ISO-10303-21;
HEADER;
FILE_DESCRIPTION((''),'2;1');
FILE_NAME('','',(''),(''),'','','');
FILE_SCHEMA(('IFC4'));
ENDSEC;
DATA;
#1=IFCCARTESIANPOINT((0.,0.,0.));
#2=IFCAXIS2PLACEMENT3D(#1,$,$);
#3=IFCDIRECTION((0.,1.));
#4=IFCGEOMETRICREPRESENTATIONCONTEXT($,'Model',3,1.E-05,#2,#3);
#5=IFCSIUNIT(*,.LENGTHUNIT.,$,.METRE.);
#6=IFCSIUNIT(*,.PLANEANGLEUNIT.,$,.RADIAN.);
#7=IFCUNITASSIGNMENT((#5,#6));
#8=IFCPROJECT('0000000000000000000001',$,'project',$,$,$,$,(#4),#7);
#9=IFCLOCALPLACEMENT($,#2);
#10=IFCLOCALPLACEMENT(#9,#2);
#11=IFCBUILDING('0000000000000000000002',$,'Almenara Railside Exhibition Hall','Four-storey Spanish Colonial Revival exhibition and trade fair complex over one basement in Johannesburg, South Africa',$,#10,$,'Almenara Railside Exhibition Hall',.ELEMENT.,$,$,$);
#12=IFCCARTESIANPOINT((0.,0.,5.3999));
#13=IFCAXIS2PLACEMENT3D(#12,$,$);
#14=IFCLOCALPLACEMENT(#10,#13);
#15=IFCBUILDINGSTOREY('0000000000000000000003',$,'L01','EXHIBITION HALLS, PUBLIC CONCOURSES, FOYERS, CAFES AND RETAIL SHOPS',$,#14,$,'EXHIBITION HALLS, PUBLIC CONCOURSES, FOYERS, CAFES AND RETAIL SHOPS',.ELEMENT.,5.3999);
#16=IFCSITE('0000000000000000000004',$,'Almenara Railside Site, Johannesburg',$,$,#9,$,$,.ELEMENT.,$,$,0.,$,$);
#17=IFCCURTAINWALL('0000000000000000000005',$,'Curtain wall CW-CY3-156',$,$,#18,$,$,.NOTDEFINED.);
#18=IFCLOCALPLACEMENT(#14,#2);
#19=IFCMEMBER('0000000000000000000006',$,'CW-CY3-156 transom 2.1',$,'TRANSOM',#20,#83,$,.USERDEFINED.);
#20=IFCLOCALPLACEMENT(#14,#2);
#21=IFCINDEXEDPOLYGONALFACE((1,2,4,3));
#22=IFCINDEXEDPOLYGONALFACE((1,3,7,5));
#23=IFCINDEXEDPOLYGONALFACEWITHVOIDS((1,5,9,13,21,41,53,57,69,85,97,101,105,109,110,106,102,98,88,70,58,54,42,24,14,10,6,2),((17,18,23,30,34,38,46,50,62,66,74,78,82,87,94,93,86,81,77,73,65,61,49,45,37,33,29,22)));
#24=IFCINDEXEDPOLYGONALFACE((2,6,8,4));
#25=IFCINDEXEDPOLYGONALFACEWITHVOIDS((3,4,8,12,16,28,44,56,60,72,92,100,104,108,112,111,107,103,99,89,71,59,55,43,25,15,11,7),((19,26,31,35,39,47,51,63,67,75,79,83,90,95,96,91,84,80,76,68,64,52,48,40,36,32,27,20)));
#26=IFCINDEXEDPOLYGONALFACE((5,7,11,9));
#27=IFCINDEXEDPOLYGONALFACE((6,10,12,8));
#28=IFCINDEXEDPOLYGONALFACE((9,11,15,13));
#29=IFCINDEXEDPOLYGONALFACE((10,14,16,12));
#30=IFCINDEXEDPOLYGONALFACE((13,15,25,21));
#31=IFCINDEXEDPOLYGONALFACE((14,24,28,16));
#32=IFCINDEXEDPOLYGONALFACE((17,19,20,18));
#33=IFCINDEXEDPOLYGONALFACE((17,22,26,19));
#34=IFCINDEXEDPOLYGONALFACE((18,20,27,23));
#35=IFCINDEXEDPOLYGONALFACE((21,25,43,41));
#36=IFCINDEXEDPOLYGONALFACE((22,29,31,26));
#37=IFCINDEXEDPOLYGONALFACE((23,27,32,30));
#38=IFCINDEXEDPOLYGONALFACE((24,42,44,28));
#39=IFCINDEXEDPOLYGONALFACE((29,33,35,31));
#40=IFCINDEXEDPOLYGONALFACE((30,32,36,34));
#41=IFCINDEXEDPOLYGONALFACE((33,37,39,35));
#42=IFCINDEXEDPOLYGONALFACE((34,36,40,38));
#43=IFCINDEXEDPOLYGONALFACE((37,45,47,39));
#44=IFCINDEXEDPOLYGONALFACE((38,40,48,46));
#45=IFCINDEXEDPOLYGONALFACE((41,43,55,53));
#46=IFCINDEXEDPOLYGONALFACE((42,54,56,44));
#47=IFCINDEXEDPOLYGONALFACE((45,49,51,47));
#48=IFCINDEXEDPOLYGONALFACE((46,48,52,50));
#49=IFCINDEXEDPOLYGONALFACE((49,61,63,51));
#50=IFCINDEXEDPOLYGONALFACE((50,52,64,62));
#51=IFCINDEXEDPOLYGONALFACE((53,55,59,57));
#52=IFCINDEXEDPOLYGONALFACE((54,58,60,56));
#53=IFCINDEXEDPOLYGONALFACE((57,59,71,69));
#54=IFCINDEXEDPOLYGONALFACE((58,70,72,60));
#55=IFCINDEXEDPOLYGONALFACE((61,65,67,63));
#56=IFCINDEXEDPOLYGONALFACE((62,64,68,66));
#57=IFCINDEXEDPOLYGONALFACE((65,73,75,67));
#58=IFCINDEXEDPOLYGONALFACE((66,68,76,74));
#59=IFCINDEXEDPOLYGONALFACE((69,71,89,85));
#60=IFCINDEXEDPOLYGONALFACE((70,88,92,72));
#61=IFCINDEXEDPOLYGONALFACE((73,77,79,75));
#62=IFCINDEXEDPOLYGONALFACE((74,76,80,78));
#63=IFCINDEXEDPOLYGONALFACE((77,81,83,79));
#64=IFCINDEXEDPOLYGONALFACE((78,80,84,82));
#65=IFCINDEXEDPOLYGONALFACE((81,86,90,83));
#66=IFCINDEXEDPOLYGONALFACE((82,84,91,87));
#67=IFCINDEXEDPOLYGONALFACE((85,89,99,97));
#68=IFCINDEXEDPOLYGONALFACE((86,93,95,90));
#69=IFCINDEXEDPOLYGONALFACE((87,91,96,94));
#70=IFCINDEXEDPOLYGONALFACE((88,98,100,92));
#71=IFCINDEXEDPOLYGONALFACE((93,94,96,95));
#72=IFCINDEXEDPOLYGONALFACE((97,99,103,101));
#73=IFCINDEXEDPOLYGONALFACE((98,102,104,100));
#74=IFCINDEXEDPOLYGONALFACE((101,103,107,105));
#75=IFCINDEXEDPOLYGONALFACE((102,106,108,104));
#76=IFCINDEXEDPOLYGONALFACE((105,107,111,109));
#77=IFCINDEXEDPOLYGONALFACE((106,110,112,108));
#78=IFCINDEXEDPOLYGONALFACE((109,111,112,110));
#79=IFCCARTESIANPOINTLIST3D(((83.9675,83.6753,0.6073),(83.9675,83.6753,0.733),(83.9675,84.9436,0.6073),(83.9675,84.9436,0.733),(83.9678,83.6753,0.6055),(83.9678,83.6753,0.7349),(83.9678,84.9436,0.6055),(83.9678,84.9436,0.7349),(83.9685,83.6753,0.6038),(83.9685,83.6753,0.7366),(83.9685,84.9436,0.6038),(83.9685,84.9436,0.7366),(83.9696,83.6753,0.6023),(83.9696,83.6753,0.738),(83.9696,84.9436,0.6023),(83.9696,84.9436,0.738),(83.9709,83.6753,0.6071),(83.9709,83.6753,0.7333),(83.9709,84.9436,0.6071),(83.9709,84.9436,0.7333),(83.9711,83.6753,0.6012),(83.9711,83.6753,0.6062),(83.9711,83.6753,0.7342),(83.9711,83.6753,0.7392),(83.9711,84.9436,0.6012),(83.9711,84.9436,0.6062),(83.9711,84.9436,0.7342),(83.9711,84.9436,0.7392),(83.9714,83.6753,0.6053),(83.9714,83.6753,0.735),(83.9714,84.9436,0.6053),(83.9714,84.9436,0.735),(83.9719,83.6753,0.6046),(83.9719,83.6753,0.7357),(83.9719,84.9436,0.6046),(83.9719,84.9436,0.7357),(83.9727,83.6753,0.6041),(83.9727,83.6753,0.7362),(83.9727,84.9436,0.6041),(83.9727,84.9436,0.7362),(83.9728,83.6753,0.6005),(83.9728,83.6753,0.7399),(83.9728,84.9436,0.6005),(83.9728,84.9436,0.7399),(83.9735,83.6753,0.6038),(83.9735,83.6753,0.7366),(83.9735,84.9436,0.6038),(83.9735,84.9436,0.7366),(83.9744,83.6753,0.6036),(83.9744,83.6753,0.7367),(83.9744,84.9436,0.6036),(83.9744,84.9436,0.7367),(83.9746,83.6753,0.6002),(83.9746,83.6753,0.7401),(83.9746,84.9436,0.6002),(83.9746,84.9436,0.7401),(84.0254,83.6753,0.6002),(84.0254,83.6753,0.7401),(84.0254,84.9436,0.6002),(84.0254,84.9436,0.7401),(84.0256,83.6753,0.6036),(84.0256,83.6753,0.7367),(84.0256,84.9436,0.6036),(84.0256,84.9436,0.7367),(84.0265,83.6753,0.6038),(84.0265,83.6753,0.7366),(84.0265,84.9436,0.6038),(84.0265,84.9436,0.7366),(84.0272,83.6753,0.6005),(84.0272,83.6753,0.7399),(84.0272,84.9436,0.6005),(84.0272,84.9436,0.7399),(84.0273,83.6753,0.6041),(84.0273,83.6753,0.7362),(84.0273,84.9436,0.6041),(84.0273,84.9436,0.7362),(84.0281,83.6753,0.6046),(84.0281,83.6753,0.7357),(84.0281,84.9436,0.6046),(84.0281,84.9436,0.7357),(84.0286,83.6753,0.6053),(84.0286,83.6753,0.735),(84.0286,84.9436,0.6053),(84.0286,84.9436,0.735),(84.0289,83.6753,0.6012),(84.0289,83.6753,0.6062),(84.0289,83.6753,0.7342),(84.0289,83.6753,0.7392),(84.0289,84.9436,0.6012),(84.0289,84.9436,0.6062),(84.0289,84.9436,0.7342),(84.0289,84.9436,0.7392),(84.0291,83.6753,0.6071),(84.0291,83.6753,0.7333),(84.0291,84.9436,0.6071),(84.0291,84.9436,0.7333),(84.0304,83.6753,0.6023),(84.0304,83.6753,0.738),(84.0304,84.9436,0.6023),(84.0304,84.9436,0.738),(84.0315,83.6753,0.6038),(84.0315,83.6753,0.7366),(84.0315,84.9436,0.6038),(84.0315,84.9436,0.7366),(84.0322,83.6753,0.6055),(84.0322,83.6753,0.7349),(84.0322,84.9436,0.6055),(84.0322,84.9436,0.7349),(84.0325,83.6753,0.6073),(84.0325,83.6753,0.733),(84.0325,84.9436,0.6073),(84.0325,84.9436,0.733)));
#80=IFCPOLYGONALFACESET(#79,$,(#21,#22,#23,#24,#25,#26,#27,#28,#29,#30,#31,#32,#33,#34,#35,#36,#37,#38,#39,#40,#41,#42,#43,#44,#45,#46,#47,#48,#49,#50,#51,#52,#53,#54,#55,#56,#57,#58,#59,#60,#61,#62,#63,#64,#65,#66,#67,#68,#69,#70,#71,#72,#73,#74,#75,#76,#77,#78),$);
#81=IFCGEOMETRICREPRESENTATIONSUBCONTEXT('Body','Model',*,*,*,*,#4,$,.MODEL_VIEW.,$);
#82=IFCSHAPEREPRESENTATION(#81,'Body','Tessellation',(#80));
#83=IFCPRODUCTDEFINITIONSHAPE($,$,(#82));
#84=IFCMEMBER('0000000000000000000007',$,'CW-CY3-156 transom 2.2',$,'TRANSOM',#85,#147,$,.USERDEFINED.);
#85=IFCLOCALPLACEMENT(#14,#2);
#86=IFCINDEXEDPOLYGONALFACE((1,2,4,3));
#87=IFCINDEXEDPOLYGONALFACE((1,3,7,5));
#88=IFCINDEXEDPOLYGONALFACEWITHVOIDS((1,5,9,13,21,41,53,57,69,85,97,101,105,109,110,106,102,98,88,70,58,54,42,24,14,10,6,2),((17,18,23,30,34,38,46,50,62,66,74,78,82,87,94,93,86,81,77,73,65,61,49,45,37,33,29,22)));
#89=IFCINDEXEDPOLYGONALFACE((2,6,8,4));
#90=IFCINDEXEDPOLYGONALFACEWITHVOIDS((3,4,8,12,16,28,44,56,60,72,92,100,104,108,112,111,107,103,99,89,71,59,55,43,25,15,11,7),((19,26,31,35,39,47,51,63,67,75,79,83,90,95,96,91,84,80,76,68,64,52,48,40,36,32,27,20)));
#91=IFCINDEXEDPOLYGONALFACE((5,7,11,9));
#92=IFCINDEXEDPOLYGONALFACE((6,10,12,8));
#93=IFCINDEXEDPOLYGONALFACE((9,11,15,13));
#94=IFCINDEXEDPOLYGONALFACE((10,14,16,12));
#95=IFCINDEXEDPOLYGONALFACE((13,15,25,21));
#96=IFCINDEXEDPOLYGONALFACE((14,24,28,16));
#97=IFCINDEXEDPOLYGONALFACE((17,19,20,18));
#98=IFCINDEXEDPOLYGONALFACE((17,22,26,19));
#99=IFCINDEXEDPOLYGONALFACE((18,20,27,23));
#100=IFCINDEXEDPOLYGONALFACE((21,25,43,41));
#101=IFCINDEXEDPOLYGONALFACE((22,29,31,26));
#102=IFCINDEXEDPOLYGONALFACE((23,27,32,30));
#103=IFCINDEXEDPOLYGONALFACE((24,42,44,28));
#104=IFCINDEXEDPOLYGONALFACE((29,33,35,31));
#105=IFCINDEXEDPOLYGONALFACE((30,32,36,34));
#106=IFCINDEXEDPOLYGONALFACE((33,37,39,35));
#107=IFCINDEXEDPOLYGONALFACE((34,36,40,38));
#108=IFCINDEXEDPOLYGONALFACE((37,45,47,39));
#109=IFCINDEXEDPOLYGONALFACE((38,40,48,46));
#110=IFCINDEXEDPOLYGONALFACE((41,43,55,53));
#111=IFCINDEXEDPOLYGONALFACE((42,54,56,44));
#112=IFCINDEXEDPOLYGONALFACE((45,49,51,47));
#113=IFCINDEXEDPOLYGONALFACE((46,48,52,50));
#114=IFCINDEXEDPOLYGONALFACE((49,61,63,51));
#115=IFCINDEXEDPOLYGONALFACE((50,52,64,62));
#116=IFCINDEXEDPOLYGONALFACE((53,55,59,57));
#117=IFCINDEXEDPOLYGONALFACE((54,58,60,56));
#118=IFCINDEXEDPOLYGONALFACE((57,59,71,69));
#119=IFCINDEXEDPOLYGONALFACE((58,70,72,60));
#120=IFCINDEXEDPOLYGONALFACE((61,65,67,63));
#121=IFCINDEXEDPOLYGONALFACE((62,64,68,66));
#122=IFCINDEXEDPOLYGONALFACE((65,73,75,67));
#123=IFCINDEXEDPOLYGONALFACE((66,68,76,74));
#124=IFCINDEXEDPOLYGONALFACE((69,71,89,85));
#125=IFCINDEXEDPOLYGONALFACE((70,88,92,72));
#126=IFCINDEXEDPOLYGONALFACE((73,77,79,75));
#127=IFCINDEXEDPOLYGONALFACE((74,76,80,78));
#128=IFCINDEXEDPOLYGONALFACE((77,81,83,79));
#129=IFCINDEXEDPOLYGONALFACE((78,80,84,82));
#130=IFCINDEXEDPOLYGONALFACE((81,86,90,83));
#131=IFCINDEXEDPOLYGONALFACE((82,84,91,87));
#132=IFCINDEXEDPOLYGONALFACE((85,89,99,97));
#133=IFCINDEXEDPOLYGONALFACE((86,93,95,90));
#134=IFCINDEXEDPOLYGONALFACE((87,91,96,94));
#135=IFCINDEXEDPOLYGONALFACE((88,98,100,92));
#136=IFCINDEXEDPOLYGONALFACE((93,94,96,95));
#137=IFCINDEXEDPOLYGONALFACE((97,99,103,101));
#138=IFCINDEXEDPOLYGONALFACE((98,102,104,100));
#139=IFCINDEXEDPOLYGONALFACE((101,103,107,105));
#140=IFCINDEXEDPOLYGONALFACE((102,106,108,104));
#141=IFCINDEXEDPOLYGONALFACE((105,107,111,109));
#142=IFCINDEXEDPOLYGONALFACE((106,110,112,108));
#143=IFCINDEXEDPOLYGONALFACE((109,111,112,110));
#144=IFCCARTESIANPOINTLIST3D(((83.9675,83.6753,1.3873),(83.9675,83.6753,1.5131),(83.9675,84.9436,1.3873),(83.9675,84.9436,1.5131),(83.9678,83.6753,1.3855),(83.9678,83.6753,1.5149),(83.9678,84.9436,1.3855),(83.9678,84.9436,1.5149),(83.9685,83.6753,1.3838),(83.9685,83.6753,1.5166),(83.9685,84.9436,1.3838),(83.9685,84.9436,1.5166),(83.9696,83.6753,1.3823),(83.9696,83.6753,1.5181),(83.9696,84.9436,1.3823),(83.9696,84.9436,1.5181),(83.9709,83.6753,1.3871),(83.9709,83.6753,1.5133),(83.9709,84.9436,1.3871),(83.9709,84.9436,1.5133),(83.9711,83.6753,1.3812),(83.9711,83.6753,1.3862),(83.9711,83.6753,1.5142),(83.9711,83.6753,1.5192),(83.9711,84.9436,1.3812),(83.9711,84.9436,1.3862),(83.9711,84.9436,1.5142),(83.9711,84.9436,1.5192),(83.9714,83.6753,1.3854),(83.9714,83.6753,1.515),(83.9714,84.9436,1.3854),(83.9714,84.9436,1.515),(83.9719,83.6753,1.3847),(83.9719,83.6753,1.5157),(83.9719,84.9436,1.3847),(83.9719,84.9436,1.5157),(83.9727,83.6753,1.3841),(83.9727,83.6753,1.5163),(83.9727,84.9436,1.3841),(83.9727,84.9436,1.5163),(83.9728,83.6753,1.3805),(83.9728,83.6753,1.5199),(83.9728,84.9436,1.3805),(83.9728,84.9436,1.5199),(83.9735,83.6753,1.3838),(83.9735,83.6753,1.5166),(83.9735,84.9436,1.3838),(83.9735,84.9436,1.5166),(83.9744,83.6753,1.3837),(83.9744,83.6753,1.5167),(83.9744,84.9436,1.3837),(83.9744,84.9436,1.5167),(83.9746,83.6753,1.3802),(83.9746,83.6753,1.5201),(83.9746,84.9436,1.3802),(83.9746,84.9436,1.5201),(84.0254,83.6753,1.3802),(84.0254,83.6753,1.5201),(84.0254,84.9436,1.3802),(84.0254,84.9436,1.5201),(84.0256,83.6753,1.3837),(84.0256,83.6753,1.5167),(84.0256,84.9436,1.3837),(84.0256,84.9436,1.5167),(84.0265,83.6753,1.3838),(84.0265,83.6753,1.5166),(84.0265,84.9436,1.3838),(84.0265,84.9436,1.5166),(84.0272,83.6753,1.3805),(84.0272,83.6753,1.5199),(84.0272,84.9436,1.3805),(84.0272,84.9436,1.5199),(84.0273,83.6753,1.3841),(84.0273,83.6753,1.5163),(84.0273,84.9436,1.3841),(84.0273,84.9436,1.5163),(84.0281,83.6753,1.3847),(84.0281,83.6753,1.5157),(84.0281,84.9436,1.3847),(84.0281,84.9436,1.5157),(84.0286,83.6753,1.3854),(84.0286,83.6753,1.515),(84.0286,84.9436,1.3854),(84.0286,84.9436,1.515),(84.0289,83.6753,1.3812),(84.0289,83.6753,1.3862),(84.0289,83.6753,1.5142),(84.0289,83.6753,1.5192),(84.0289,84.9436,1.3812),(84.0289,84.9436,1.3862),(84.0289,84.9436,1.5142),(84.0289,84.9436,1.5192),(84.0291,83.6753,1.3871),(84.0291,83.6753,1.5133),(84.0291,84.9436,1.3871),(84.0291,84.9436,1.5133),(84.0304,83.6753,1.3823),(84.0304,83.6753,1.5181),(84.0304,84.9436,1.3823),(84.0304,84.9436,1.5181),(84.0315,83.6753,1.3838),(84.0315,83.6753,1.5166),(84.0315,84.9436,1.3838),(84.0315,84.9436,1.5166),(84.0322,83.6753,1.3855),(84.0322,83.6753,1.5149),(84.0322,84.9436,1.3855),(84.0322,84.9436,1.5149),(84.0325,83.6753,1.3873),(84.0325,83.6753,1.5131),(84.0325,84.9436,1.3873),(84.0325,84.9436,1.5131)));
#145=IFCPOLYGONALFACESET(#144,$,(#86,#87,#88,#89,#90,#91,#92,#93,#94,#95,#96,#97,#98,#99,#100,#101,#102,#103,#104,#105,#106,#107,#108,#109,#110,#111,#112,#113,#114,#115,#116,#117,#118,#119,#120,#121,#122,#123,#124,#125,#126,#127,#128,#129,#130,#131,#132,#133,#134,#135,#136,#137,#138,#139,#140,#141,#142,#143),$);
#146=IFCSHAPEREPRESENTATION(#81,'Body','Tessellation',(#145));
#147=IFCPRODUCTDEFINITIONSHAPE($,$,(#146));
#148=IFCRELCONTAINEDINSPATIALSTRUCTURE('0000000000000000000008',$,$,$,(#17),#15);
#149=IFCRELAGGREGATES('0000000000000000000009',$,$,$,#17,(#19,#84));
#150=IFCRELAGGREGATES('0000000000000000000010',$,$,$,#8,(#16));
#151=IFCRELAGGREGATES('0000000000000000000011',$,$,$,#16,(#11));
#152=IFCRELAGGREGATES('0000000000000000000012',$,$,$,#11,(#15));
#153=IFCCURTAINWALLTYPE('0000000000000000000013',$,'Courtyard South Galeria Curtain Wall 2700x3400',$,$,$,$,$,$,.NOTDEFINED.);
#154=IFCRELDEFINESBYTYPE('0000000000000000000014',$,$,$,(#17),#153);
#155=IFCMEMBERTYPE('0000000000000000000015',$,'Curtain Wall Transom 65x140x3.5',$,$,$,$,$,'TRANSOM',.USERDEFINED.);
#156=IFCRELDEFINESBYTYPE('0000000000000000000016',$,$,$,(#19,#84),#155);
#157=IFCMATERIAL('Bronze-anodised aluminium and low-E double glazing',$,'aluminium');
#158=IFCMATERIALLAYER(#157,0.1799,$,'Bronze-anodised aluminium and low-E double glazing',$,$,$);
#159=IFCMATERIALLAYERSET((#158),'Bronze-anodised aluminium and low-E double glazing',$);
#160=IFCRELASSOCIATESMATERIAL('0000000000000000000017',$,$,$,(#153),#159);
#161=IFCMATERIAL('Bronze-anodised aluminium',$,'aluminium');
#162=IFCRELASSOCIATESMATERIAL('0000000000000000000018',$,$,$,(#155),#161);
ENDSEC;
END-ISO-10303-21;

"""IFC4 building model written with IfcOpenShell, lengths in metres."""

from ifc_helpers import new_model, si_unit, direction, frame, origin, origin_2d, place, context, subcontext, project, spatial, hollow_rectangle, extrude, material, layer, layer_set, material_profile, profile_set, type_object, element, aggregate, save


model = new_model("IFC4")

# Units and contexts
model_context = context("Model", 3, precision=1e-05, world=origin(), true_north=direction((0.0, 1.0)))
body_context = subcontext(model_context, "Body", "Model", "MODEL_VIEW")
ifc_project = project(units=[si_unit("LENGTHUNIT", "METRE"), si_unit("PLANEANGLEUNIT", "RADIAN")], contexts=[model_context])

# Site, building, storey
site_placement = place(None, origin())
site = spatial("IfcSite", under=ifc_project, at=site_placement, Name="Almenara Railside Site, Johannesburg", CompositionType="ELEMENT", RefElevation=0.0)
building_placement = place(site_placement, origin())
building = spatial("IfcBuilding", under=site, at=building_placement, Name="Almenara Railside Exhibition Hall", Description="Four-storey Spanish Colonial Revival exhibition and trade fair complex over one basement in Johannesburg, South Africa", LongName="Almenara Railside Exhibition Hall", CompositionType="ELEMENT")
storey_placement = place(building_placement, frame((0.0, 0.0, 5.3999)))
storey = spatial("IfcBuildingStorey", under=building, at=storey_placement, Name="L01", Description="EXHIBITION HALLS, PUBLIC CONCOURSES, FOYERS, CAFES AND RETAIL SHOPS", LongName="EXHIBITION HALLS, PUBLIC CONCOURSES, FOYERS, CAFES AND RETAIL SHOPS", CompositionType="ELEMENT", Elevation=5.3999)

# Shared definitions
ifc_material_1 = material(Name="Bronze-anodised aluminium and low-E double glazing", Category="aluminium")
ifc_layer_1 = layer(ifc_material_1, 0.1799, Name="Bronze-anodised aluminium and low-E double glazing")
ifc_layer_set_1 = layer_set([ifc_layer_1], Name="Bronze-anodised aluminium and low-E double glazing")
curtain_wall_type = type_object("IfcCurtainWallType", Name="Courtyard South Galeria Curtain Wall 2700x3400", PredefinedType="NOTDEFINED", material=ifc_layer_set_1)
ifc_material_2 = material(Name="Bronze-anodised aluminium", Category="aluminium")

# Curtain wall
curtain_wall_1_placement = place(storey_placement, origin())
curtain_wall_1 = element("IfcCurtainWall", 1, at=curtain_wall_1_placement, inside=storey, type_object=curtain_wall_type, Name="Curtain wall CW-CY3-156", PredefinedType="NOTDEFINED")

# Members
ifc_material_profile_1 = material_profile(ifc_material_2, hollow_rectangle(XDim=0.0649, YDim=0.1399, WallThickness=0.0034, InnerFilletRadius=0.0034, OuterFilletRadius=0.0071, at=origin_2d()), Name="ALU-TRN 65x140x3.5")
ifc_profile_set_1 = profile_set([ifc_material_profile_1], Name="Bronze-anodised aluminium")
member_type_1 = type_object("IfcMemberType", Name="Curtain Wall Transom 65x140x3.5", ElementType="TRANSOM", PredefinedType="USERDEFINED", material=ifc_profile_set_1)
member_1_placement = place(storey_placement, frame((84.0, 84.9436, 0.6702), z_axis=(0.0, -1.0, 0.0), x_axis=(1.0, 0.0, 0.0)))
member_1 = element("IfcMember", 2, at=member_1_placement, type_object=member_type_1, Name="CW-CY3-156 transom 2.1", ObjectType="TRANSOM", PredefinedType="USERDEFINED", context=body_context, shape_type="SweptSolid", body=[
    extrude(hollow_rectangle(XDim=0.0649, YDim=0.1399, WallThickness=0.0034, InnerFilletRadius=0.0034, OuterFilletRadius=0.0071, at=origin_2d()), origin(), (0.0, 0.0, 1.0), 1.2683),
])
member_2_placement = place(storey_placement, frame((84.0, 84.9436, 1.4502), z_axis=(0.0, -1.0, 0.0), x_axis=(1.0, 0.0, 0.0)))
member_2 = element("IfcMember", 3, at=member_2_placement, type_object=member_type_1, Name="CW-CY3-156 transom 2.2", ObjectType="TRANSOM", PredefinedType="USERDEFINED", context=body_context, shape_type="SweptSolid", body=[
    extrude(hollow_rectangle(XDim=0.0649, YDim=0.1399, WallThickness=0.0034, InnerFilletRadius=0.0034, OuterFilletRadius=0.0071, at=origin_2d()), origin(), (0.0, 0.0, 1.0), 1.2683),
])

aggregate(curtain_wall_1, [member_1, member_2])

save(model, "model.ifc")
